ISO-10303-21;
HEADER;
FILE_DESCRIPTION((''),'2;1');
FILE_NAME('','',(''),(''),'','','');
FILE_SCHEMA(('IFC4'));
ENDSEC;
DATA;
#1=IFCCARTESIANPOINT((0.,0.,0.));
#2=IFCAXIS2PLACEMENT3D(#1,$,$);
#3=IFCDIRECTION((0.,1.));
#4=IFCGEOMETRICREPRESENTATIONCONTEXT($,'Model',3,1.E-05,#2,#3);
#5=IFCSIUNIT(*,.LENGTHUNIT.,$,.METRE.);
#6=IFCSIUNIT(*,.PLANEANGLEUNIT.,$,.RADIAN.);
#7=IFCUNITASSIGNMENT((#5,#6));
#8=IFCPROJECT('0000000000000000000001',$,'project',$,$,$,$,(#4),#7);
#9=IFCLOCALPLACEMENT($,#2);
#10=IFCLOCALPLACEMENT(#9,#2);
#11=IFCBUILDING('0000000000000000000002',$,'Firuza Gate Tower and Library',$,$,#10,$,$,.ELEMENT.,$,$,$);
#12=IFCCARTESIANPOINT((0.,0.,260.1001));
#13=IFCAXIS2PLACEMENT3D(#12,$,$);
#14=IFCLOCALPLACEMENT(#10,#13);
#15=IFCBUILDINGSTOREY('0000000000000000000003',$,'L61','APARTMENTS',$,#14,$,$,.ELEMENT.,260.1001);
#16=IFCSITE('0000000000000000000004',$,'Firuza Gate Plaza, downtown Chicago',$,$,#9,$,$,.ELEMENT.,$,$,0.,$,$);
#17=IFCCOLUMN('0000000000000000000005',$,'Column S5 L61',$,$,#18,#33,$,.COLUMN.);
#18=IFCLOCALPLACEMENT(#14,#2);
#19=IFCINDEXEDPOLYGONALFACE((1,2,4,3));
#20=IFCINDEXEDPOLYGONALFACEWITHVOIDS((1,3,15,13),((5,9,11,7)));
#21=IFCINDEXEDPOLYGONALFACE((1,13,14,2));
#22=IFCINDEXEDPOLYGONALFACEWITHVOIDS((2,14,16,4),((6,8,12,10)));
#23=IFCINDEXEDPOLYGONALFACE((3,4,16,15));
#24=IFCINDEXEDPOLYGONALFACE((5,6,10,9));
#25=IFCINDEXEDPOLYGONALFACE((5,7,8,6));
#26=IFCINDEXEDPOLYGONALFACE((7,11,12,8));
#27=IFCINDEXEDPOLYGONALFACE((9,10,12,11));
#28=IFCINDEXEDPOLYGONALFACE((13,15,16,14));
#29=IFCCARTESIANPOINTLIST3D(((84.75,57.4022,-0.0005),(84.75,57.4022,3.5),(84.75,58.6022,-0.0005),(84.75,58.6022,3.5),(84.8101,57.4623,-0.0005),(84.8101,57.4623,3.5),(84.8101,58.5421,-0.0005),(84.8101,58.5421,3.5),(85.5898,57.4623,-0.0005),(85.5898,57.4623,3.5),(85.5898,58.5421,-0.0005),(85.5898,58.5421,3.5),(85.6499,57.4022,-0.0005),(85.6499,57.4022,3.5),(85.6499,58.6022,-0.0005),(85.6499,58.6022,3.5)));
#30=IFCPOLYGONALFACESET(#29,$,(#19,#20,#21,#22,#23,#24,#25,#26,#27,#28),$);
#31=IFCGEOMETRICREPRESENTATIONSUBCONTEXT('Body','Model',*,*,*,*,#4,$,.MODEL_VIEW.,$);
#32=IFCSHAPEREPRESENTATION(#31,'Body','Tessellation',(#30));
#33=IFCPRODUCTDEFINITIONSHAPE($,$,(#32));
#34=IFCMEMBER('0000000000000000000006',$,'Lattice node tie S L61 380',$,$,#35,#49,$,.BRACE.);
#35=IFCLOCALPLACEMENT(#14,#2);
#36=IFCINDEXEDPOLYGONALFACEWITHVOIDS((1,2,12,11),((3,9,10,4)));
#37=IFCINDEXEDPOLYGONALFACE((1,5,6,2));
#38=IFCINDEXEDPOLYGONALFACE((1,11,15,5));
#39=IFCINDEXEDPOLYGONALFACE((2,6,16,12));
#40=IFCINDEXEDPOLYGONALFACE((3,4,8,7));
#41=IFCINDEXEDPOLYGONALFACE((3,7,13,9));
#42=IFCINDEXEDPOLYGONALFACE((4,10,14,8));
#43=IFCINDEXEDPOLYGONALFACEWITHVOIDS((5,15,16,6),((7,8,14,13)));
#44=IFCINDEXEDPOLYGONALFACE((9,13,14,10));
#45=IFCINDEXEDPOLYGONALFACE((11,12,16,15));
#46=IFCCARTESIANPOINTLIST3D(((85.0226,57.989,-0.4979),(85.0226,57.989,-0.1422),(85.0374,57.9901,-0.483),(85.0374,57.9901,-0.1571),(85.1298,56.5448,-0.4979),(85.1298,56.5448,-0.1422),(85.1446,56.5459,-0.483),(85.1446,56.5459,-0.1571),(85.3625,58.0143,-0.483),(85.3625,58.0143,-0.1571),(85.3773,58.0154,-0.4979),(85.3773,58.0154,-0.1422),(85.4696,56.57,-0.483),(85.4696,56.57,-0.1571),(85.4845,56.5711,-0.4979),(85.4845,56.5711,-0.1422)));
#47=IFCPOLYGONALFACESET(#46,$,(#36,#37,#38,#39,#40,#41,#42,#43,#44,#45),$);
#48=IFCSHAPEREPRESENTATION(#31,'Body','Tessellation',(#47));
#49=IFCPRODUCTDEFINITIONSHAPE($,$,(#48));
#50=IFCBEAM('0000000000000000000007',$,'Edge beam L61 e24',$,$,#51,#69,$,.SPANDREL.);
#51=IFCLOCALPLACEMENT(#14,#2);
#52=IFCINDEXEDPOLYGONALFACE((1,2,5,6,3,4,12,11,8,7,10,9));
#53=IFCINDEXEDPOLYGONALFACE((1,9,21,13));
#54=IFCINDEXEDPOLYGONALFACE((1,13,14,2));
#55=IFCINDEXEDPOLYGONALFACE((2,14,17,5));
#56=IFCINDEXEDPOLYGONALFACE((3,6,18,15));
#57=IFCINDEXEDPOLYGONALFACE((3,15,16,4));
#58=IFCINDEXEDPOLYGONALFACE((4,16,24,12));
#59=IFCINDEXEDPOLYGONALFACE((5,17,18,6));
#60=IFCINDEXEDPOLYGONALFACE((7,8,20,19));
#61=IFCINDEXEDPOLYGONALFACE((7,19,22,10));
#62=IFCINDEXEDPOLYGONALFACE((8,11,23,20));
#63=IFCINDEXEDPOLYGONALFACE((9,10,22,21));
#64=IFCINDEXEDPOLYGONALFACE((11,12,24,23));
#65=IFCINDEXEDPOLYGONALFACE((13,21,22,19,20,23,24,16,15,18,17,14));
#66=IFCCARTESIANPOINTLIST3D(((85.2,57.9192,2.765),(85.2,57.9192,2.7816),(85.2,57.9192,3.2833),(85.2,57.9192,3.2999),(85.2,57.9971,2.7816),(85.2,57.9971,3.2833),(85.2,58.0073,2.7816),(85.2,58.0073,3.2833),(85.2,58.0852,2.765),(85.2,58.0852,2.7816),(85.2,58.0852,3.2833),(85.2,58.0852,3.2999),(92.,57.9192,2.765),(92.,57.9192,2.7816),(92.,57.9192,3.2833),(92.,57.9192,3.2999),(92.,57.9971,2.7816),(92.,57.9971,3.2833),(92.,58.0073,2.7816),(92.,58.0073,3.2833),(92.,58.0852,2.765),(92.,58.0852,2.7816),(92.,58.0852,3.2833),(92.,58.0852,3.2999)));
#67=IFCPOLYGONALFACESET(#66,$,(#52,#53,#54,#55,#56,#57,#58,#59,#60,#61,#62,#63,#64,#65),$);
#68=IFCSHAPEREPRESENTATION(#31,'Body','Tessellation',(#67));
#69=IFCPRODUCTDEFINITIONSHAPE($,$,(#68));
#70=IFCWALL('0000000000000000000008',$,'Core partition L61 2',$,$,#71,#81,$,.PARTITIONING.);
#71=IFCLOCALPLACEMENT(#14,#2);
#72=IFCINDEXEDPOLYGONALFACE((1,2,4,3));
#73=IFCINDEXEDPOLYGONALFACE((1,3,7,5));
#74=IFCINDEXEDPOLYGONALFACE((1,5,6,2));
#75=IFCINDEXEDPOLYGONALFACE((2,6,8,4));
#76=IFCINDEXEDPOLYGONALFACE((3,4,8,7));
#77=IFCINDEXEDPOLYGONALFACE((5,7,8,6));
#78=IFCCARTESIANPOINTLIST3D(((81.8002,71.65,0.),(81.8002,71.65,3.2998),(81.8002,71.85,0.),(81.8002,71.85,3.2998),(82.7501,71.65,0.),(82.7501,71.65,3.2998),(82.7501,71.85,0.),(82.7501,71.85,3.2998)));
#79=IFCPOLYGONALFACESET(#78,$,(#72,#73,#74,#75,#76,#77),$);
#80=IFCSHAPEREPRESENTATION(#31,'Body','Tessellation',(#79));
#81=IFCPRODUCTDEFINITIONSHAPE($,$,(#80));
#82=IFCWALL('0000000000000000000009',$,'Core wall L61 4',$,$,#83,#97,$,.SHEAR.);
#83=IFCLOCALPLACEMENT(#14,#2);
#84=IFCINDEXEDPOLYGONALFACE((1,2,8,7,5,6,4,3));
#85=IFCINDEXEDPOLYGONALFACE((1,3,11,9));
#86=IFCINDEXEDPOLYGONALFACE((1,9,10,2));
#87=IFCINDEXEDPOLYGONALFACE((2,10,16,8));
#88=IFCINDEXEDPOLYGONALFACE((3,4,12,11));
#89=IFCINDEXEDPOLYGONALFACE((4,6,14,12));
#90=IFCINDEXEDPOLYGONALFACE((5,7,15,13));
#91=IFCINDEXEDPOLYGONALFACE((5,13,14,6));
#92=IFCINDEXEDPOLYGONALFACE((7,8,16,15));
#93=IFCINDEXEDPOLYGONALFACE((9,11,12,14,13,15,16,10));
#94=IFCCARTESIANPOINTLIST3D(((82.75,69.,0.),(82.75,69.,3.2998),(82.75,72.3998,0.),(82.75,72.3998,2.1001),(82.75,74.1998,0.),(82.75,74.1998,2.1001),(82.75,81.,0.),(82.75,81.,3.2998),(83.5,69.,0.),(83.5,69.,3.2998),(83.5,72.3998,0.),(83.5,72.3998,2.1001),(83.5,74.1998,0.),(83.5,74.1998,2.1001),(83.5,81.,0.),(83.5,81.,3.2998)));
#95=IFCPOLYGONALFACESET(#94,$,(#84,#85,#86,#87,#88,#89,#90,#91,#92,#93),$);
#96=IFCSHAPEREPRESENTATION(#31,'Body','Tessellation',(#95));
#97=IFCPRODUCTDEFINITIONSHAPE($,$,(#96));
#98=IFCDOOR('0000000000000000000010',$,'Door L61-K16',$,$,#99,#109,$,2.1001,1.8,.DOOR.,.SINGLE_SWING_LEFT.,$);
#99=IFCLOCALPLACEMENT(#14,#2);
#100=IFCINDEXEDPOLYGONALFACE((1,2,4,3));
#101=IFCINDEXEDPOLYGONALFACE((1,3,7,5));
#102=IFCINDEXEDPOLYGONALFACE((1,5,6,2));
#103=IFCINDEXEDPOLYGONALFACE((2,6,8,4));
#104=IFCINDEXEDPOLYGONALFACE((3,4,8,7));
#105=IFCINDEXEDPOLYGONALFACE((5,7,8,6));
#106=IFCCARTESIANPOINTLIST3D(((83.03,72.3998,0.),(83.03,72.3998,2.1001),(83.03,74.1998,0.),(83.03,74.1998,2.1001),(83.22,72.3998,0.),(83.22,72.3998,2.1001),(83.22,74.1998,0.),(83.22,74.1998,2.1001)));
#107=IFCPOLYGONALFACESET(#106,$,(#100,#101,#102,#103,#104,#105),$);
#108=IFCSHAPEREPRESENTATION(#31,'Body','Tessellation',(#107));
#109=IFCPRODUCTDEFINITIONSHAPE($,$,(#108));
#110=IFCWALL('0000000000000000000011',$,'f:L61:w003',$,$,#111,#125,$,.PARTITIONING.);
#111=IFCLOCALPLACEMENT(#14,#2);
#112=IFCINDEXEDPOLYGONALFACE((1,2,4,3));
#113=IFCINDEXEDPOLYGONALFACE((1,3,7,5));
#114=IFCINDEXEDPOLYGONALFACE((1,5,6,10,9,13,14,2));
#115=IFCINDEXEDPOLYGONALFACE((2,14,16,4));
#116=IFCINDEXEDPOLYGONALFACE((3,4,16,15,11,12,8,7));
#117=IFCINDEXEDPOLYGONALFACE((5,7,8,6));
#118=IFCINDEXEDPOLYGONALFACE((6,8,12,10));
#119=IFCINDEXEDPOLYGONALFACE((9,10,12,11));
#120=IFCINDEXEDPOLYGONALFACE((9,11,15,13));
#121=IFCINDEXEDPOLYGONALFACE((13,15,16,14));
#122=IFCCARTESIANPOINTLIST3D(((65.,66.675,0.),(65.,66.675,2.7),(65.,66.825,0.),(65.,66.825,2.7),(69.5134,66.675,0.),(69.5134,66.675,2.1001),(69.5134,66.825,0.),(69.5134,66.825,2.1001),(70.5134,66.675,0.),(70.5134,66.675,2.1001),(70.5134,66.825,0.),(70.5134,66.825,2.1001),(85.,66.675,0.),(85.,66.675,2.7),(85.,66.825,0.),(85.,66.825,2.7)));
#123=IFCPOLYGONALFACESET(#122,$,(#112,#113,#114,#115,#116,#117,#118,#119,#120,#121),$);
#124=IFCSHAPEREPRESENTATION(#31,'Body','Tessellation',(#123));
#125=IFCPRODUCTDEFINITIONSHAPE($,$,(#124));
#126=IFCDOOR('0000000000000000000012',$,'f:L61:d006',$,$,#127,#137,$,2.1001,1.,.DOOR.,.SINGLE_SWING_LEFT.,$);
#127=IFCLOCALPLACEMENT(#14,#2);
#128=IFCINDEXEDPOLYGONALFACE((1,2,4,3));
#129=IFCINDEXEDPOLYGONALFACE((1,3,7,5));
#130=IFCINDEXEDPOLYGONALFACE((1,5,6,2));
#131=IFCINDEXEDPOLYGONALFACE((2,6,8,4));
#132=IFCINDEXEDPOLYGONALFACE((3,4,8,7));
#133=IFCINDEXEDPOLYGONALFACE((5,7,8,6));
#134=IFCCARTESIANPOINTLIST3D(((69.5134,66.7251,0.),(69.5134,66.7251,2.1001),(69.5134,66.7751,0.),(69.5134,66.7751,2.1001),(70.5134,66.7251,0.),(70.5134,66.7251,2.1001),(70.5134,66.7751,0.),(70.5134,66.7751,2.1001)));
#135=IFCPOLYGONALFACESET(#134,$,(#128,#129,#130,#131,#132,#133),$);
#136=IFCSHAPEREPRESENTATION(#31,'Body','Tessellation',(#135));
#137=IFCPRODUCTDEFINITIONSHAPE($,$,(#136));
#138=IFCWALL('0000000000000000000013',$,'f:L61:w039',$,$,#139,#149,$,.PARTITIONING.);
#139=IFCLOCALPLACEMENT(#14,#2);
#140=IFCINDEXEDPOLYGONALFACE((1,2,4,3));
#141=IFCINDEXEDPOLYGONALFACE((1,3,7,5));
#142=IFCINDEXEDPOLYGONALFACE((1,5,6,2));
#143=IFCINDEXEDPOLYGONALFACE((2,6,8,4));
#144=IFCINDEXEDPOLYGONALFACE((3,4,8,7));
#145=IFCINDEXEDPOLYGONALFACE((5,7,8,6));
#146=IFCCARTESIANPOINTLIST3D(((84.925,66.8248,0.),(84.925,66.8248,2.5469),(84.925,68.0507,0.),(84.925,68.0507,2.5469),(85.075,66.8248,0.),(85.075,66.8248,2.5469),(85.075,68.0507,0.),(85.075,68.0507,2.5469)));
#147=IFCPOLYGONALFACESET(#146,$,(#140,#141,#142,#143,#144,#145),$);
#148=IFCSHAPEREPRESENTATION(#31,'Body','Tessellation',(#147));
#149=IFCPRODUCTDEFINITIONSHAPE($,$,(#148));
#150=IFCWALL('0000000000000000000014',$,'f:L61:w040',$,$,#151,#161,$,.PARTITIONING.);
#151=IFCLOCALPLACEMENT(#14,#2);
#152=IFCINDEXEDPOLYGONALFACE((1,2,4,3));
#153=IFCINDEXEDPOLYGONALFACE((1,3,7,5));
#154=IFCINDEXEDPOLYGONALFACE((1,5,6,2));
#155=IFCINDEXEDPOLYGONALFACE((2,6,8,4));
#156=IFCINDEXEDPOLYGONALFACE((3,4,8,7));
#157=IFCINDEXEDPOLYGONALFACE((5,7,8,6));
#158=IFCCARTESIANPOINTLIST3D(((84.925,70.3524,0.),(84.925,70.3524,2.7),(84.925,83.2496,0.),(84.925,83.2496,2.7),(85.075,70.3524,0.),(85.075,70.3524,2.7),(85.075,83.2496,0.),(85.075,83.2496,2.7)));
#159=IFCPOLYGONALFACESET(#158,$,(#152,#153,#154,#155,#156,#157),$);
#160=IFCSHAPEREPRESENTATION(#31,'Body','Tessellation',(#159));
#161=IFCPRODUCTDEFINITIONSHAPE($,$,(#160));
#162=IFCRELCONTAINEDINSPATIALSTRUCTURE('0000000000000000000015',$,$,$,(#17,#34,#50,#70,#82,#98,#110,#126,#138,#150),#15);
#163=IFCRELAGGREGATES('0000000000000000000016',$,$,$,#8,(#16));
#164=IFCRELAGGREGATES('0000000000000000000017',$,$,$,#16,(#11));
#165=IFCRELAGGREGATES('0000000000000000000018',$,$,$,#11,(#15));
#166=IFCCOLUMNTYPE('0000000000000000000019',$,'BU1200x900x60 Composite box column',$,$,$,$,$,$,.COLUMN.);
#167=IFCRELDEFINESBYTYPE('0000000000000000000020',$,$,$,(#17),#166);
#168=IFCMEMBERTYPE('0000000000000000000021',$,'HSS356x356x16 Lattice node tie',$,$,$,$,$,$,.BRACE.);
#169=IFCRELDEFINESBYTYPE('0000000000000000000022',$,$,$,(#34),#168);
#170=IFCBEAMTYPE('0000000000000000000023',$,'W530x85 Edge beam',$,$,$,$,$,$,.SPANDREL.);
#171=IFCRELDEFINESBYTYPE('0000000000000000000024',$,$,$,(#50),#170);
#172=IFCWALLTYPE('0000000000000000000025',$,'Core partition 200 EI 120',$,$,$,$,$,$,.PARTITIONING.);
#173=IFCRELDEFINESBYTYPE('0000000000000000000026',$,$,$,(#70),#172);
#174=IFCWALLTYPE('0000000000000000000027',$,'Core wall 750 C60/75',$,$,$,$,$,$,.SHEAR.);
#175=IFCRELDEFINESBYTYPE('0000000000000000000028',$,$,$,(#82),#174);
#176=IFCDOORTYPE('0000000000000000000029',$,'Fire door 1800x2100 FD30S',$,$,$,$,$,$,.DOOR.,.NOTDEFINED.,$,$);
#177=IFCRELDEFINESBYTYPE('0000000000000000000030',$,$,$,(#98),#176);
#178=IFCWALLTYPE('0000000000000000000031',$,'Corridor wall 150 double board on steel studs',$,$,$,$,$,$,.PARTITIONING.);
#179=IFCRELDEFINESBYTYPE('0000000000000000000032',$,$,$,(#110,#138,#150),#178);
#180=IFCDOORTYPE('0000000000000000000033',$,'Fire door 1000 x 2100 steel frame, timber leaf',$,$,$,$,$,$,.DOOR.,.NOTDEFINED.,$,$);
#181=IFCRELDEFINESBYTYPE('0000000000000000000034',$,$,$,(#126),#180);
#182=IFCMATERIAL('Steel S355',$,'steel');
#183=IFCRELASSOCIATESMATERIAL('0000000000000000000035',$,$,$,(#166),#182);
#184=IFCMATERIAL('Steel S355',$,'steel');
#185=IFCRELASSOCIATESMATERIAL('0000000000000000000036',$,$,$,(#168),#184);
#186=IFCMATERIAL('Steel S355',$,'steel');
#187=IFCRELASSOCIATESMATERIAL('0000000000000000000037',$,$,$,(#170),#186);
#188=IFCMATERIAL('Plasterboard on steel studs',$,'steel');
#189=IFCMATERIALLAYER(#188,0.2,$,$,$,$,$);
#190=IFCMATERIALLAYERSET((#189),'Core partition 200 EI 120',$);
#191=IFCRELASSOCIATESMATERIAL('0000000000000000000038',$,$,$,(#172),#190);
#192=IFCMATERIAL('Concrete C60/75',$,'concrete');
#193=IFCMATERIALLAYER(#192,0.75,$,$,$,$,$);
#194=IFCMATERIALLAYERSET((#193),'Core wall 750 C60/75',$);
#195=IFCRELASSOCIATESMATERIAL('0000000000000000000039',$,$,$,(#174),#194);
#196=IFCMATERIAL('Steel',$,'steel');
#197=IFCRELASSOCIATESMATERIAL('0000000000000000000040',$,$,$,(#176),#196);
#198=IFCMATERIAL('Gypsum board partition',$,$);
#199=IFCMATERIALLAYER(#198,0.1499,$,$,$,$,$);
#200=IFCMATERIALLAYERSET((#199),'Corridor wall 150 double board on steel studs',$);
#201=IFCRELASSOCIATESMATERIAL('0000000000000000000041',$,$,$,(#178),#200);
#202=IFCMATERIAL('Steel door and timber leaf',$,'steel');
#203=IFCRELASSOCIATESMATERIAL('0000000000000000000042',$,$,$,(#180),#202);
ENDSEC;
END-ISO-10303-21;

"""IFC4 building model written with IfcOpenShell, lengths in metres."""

from ifc_helpers import new_model, si_unit, direction, frame, frame_2d, origin, origin_2d, place, context, subcontext, project, spatial, rectangle, hollow_rectangle, i_section, extrude, material, layer, layer_set, material_profile, profile_set, type_object, element, fill, save


model = new_model("IFC4")

# Units and contexts
model_context = context("Model", 3, precision=1e-05, world=origin(), true_north=direction((0.0, 1.0)))
body_context = subcontext(model_context, "Body", "Model", "MODEL_VIEW")
ifc_project = project(units=[si_unit("LENGTHUNIT", "METRE"), si_unit("PLANEANGLEUNIT", "RADIAN")], contexts=[model_context])

# Site, building, storey
site_placement = place(None, origin())
site = spatial("IfcSite", under=ifc_project, at=site_placement, Name="Firuza Gate Plaza, downtown Chicago", CompositionType="ELEMENT", RefElevation=0.0)
building_placement = place(site_placement, origin())
building = spatial("IfcBuilding", under=site, at=building_placement, Name="Firuza Gate Tower and Library", CompositionType="ELEMENT")
storey_placement = place(building_placement, frame((0.0, 0.0, 260.1001)))
storey = spatial("IfcBuildingStorey", under=building, at=storey_placement, Name="L61", Description="APARTMENTS", CompositionType="ELEMENT", Elevation=260.1001)

# Column
ifc_material_1 = material(Name="Steel S355", Category="steel")
ifc_material_profile_1 = material_profile(ifc_material_1, hollow_rectangle(XDim=0.8999, YDim=1.2, WallThickness=0.0601, at=origin_2d()))
ifc_profile_set_1 = profile_set([ifc_material_profile_1], Name="Steel S355")
column_type = type_object("IfcColumnType", Name="BU1200x900x60 Composite box column", PredefinedType="COLUMN", material=ifc_profile_set_1)
column_placement = place(storey_placement, frame((85.2, 58.0022, -0.0005), z_axis=(0.0, 0.0, 1.0), x_axis=(1.0, 0.0, 0.0)))
element("IfcColumn", 1, at=column_placement, inside=storey, type_object=column_type, Name="Column S5 L61", PredefinedType="COLUMN", context=body_context, shape_type="SweptSolid", body=[
    extrude(hollow_rectangle(XDim=0.8999, YDim=1.2, WallThickness=0.0601, at=origin_2d()), origin(), (0.0, 0.0, 1.0), 3.5005),
])

# Member
ifc_material_2 = material(Name="Steel S355", Category="steel")
ifc_material_profile_2 = material_profile(ifc_material_2, hollow_rectangle(XDim=0.3557, YDim=0.3557, WallThickness=0.0149, at=origin_2d()))
ifc_profile_set_2 = profile_set([ifc_material_profile_2], Name="Steel S355")
member_type = type_object("IfcMemberType", Name="HSS356x356x16 Lattice node tie", PredefinedType="BRACE", material=ifc_profile_set_2)
member_placement = place(storey_placement, frame((85.2, 58.0022, -0.3201), z_axis=(0.074002, -0.997258, 0.0), x_axis=(0.997258, 0.074002, 0.0)))
element("IfcMember", 2, at=member_placement, inside=storey, type_object=member_type, Name="Lattice node tie S L61 380", PredefinedType="BRACE", context=body_context, shape_type="SweptSolid", body=[
    extrude(hollow_rectangle(XDim=0.3557, YDim=0.3557, WallThickness=0.0149, at=origin_2d()), origin(), (0.0, 0.0, 1.0), 1.4482),
])

# Beam
ifc_material_3 = material(Name="Steel S355", Category="steel")
ifc_material_profile_3 = material_profile(ifc_material_3, i_section(OverallWidth=0.166, OverallDepth=0.5349, WebThickness=0.0103, FlangeThickness=0.0166, at=origin_2d()))
ifc_profile_set_3 = profile_set([ifc_material_profile_3], Name="Steel S355")
beam_type = type_object("IfcBeamType", Name="W530x85 Edge beam", PredefinedType="SPANDREL", material=ifc_profile_set_3)
beam_placement = place(storey_placement, frame((85.2, 58.0022, 3.0325), z_axis=(1.0, 0.0, 0.0), x_axis=(0.0, 1.0, 0.0)))
element("IfcBeam", 3, at=beam_placement, inside=storey, type_object=beam_type, Name="Edge beam L61 e24", PredefinedType="SPANDREL", context=body_context, shape_type="SweptSolid", body=[
    extrude(i_section(OverallWidth=0.166, OverallDepth=0.5349, WebThickness=0.0103, FlangeThickness=0.0166, at=origin_2d()), origin(), (0.0, 0.0, 1.0), 6.8),
])

# Wall
ifc_material_4 = material(Name="Plasterboard on steel studs", Category="steel")
ifc_layer_1 = layer(ifc_material_4, 0.2)
ifc_layer_set_1 = layer_set([ifc_layer_1], Name="Core partition 200 EI 120")
wall_type_1 = type_object("IfcWallType", Name="Core partition 200 EI 120", PredefinedType="PARTITIONING", material=ifc_layer_set_1)
wall_1_placement = place(storey_placement, frame((81.8, 71.75, 0.0), z_axis=(0.0, 0.0, 1.0), x_axis=(1.0, 0.0, 0.0)))
element("IfcWall", 4, at=wall_1_placement, inside=storey, type_object=wall_type_1, Name="Core partition L61 2", PredefinedType="PARTITIONING", context=body_context, shape_type="SweptSolid", body=[
    extrude(rectangle(XDim=0.95, YDim=0.2, at=frame_2d((0.4751, 0.0))), origin(), (0.0, 0.0, 1.0), 3.2998),
])

# Walls, openings, doors
ifc_material_5 = material(Name="Concrete C60/75", Category="concrete")
ifc_layer_2 = layer(ifc_material_5, 0.75)
ifc_layer_set_2 = layer_set([ifc_layer_2], Name="Core wall 750 C60/75")
wall_type_2 = type_object("IfcWallType", Name="Core wall 750 C60/75", PredefinedType="SHEAR", material=ifc_layer_set_2)
wall_2_placement = place(storey_placement, frame((83.125, 69.0, 0.0), z_axis=(0.0, 0.0, 1.0), x_axis=(0.0, 1.0, 0.0)))
wall_2 = element("IfcWall", 5, at=wall_2_placement, inside=storey, type_object=wall_type_2, Name="Core wall L61 4", PredefinedType="SHEAR", context=body_context, shape_type="SweptSolid", body=[
    extrude(rectangle(XDim=12.0, YDim=0.75, at=frame_2d((6.0, 0.0))), origin(), (0.0, 0.0, 1.0), 3.2998),
])
opening_1_placement = place(wall_2_placement, frame((3.3999, 0.0, 0.0)))
opening_1 = element("IfcOpeningElement", 6, at=opening_1_placement, cuts=wall_2, PredefinedType="OPENING", context=body_context, shape_type="SweptSolid", body=[
    extrude(rectangle(XDim=1.8, YDim=2.1001, at=frame_2d((0.8999, 1.05))), frame((0.0, 0.385, 0.0), z_axis=(0.0, -1.0, 0.0), x_axis=(1.0, 0.0, 0.0)), (0.0, 0.0, 1.0), 0.77),
])
ifc_material_6 = material(Name="Steel", Category="steel")
door_type_1 = type_object("IfcDoorType", Name="Fire door 1800x2100 FD30S", OperationType="NOTDEFINED", PredefinedType="DOOR", material=ifc_material_6)
door_1_placement = place(opening_1_placement, origin())
door_1 = element("IfcDoor", 7, at=door_1_placement, inside=storey, type_object=door_type_1, Name="Door L61-K16", OperationType="SINGLE_SWING_LEFT", OverallHeight=2.1001, OverallWidth=1.8, PredefinedType="DOOR", context=body_context, shape_type="SweptSolid", body=[
    extrude(rectangle(XDim=1.8, YDim=2.1001, at=frame_2d((0.8999, 1.05))), frame((0.0, 0.095, 0.0), z_axis=(0.0, -1.0, 0.0), x_axis=(1.0, 0.0, 0.0)), (0.0, 0.0, 1.0), 0.1899),
])
fill(opening_1, door_1)
ifc_material_7 = material(Name="Gypsum board partition")
ifc_layer_3 = layer(ifc_material_7, 0.1499)
ifc_layer_set_3 = layer_set([ifc_layer_3], Name="Corridor wall 150 double board on steel studs")
wall_type_3 = type_object("IfcWallType", Name="Corridor wall 150 double board on steel studs", PredefinedType="PARTITIONING", material=ifc_layer_set_3)
wall_3_placement = place(storey_placement, frame((85.0, 66.75, 0.0), z_axis=(0.0, 0.0, 1.0), x_axis=(-1.0, 0.0, 0.0)))
wall_3 = element("IfcWall", 8, at=wall_3_placement, inside=storey, type_object=wall_type_3, Name="f:L61:w003", PredefinedType="PARTITIONING", context=body_context, shape_type="SweptSolid", body=[
    extrude(rectangle(XDim=20.0, YDim=0.1499, at=frame_2d((10.0, 0.0))), origin(), (0.0, 0.0, 1.0), 2.7),
])
opening_2_placement = place(wall_3_placement, frame((14.4866, 0.0, 0.0)))
opening_2 = element("IfcOpeningElement", 9, at=opening_2_placement, cuts=wall_3, PredefinedType="OPENING", context=body_context, shape_type="SweptSolid", body=[
    extrude(rectangle(XDim=1.0, YDim=2.1001, at=frame_2d((0.5, 1.05))), frame((0.0, 0.085, 0.0), z_axis=(0.0, -1.0, 0.0), x_axis=(1.0, 0.0, 0.0)), (0.0, 0.0, 1.0), 0.1699),
])
ifc_material_8 = material(Name="Steel door and timber leaf", Category="steel")
door_type_2 = type_object("IfcDoorType", Name="Fire door 1000 x 2100 steel frame, timber leaf", OperationType="NOTDEFINED", PredefinedType="DOOR", material=ifc_material_8)
door_2_placement = place(opening_2_placement, origin())
door_2 = element("IfcDoor", 10, at=door_2_placement, inside=storey, type_object=door_type_2, Name="f:L61:d006", OperationType="SINGLE_SWING_LEFT", OverallHeight=2.1001, OverallWidth=1.0, PredefinedType="DOOR", context=body_context, shape_type="SweptSolid", body=[
    extrude(rectangle(XDim=1.0, YDim=2.1001, at=frame_2d((0.5, 1.05))), frame((0.0, 0.0249, 0.0), z_axis=(0.0, -1.0, 0.0), x_axis=(1.0, 0.0, 0.0)), (0.0, 0.0, 1.0), 0.05),
])
fill(opening_2, door_2)

# Walls
wall_4_placement = place(storey_placement, frame((85.0, 66.825, 0.0), z_axis=(0.0, 0.0, 1.0), x_axis=(0.0, 1.0, 0.0)))
element("IfcWall", 11, at=wall_4_placement, inside=storey, type_object=wall_type_3, Name="f:L61:w039", PredefinedType="PARTITIONING", context=body_context, shape_type="SweptSolid", body=[
    extrude(rectangle(XDim=1.2258, YDim=0.1499, at=frame_2d((0.6128, 0.0))), origin(), (0.0, 0.0, 1.0), 2.5469),
])
wall_5_placement = place(storey_placement, frame((85.0, 70.3523, 0.0), z_axis=(0.0, 0.0, 1.0), x_axis=(0.0, 1.0, 0.0)))
element("IfcWall", 12, at=wall_5_placement, inside=storey, type_object=wall_type_3, Name="f:L61:w040", PredefinedType="PARTITIONING", context=body_context, shape_type="SweptSolid", body=[
    extrude(rectangle(XDim=12.8972, YDim=0.1499, at=frame_2d((6.4487, 0.0))), origin(), (0.0, 0.0, 1.0), 2.7),
])

save(model, "model.ifc")
